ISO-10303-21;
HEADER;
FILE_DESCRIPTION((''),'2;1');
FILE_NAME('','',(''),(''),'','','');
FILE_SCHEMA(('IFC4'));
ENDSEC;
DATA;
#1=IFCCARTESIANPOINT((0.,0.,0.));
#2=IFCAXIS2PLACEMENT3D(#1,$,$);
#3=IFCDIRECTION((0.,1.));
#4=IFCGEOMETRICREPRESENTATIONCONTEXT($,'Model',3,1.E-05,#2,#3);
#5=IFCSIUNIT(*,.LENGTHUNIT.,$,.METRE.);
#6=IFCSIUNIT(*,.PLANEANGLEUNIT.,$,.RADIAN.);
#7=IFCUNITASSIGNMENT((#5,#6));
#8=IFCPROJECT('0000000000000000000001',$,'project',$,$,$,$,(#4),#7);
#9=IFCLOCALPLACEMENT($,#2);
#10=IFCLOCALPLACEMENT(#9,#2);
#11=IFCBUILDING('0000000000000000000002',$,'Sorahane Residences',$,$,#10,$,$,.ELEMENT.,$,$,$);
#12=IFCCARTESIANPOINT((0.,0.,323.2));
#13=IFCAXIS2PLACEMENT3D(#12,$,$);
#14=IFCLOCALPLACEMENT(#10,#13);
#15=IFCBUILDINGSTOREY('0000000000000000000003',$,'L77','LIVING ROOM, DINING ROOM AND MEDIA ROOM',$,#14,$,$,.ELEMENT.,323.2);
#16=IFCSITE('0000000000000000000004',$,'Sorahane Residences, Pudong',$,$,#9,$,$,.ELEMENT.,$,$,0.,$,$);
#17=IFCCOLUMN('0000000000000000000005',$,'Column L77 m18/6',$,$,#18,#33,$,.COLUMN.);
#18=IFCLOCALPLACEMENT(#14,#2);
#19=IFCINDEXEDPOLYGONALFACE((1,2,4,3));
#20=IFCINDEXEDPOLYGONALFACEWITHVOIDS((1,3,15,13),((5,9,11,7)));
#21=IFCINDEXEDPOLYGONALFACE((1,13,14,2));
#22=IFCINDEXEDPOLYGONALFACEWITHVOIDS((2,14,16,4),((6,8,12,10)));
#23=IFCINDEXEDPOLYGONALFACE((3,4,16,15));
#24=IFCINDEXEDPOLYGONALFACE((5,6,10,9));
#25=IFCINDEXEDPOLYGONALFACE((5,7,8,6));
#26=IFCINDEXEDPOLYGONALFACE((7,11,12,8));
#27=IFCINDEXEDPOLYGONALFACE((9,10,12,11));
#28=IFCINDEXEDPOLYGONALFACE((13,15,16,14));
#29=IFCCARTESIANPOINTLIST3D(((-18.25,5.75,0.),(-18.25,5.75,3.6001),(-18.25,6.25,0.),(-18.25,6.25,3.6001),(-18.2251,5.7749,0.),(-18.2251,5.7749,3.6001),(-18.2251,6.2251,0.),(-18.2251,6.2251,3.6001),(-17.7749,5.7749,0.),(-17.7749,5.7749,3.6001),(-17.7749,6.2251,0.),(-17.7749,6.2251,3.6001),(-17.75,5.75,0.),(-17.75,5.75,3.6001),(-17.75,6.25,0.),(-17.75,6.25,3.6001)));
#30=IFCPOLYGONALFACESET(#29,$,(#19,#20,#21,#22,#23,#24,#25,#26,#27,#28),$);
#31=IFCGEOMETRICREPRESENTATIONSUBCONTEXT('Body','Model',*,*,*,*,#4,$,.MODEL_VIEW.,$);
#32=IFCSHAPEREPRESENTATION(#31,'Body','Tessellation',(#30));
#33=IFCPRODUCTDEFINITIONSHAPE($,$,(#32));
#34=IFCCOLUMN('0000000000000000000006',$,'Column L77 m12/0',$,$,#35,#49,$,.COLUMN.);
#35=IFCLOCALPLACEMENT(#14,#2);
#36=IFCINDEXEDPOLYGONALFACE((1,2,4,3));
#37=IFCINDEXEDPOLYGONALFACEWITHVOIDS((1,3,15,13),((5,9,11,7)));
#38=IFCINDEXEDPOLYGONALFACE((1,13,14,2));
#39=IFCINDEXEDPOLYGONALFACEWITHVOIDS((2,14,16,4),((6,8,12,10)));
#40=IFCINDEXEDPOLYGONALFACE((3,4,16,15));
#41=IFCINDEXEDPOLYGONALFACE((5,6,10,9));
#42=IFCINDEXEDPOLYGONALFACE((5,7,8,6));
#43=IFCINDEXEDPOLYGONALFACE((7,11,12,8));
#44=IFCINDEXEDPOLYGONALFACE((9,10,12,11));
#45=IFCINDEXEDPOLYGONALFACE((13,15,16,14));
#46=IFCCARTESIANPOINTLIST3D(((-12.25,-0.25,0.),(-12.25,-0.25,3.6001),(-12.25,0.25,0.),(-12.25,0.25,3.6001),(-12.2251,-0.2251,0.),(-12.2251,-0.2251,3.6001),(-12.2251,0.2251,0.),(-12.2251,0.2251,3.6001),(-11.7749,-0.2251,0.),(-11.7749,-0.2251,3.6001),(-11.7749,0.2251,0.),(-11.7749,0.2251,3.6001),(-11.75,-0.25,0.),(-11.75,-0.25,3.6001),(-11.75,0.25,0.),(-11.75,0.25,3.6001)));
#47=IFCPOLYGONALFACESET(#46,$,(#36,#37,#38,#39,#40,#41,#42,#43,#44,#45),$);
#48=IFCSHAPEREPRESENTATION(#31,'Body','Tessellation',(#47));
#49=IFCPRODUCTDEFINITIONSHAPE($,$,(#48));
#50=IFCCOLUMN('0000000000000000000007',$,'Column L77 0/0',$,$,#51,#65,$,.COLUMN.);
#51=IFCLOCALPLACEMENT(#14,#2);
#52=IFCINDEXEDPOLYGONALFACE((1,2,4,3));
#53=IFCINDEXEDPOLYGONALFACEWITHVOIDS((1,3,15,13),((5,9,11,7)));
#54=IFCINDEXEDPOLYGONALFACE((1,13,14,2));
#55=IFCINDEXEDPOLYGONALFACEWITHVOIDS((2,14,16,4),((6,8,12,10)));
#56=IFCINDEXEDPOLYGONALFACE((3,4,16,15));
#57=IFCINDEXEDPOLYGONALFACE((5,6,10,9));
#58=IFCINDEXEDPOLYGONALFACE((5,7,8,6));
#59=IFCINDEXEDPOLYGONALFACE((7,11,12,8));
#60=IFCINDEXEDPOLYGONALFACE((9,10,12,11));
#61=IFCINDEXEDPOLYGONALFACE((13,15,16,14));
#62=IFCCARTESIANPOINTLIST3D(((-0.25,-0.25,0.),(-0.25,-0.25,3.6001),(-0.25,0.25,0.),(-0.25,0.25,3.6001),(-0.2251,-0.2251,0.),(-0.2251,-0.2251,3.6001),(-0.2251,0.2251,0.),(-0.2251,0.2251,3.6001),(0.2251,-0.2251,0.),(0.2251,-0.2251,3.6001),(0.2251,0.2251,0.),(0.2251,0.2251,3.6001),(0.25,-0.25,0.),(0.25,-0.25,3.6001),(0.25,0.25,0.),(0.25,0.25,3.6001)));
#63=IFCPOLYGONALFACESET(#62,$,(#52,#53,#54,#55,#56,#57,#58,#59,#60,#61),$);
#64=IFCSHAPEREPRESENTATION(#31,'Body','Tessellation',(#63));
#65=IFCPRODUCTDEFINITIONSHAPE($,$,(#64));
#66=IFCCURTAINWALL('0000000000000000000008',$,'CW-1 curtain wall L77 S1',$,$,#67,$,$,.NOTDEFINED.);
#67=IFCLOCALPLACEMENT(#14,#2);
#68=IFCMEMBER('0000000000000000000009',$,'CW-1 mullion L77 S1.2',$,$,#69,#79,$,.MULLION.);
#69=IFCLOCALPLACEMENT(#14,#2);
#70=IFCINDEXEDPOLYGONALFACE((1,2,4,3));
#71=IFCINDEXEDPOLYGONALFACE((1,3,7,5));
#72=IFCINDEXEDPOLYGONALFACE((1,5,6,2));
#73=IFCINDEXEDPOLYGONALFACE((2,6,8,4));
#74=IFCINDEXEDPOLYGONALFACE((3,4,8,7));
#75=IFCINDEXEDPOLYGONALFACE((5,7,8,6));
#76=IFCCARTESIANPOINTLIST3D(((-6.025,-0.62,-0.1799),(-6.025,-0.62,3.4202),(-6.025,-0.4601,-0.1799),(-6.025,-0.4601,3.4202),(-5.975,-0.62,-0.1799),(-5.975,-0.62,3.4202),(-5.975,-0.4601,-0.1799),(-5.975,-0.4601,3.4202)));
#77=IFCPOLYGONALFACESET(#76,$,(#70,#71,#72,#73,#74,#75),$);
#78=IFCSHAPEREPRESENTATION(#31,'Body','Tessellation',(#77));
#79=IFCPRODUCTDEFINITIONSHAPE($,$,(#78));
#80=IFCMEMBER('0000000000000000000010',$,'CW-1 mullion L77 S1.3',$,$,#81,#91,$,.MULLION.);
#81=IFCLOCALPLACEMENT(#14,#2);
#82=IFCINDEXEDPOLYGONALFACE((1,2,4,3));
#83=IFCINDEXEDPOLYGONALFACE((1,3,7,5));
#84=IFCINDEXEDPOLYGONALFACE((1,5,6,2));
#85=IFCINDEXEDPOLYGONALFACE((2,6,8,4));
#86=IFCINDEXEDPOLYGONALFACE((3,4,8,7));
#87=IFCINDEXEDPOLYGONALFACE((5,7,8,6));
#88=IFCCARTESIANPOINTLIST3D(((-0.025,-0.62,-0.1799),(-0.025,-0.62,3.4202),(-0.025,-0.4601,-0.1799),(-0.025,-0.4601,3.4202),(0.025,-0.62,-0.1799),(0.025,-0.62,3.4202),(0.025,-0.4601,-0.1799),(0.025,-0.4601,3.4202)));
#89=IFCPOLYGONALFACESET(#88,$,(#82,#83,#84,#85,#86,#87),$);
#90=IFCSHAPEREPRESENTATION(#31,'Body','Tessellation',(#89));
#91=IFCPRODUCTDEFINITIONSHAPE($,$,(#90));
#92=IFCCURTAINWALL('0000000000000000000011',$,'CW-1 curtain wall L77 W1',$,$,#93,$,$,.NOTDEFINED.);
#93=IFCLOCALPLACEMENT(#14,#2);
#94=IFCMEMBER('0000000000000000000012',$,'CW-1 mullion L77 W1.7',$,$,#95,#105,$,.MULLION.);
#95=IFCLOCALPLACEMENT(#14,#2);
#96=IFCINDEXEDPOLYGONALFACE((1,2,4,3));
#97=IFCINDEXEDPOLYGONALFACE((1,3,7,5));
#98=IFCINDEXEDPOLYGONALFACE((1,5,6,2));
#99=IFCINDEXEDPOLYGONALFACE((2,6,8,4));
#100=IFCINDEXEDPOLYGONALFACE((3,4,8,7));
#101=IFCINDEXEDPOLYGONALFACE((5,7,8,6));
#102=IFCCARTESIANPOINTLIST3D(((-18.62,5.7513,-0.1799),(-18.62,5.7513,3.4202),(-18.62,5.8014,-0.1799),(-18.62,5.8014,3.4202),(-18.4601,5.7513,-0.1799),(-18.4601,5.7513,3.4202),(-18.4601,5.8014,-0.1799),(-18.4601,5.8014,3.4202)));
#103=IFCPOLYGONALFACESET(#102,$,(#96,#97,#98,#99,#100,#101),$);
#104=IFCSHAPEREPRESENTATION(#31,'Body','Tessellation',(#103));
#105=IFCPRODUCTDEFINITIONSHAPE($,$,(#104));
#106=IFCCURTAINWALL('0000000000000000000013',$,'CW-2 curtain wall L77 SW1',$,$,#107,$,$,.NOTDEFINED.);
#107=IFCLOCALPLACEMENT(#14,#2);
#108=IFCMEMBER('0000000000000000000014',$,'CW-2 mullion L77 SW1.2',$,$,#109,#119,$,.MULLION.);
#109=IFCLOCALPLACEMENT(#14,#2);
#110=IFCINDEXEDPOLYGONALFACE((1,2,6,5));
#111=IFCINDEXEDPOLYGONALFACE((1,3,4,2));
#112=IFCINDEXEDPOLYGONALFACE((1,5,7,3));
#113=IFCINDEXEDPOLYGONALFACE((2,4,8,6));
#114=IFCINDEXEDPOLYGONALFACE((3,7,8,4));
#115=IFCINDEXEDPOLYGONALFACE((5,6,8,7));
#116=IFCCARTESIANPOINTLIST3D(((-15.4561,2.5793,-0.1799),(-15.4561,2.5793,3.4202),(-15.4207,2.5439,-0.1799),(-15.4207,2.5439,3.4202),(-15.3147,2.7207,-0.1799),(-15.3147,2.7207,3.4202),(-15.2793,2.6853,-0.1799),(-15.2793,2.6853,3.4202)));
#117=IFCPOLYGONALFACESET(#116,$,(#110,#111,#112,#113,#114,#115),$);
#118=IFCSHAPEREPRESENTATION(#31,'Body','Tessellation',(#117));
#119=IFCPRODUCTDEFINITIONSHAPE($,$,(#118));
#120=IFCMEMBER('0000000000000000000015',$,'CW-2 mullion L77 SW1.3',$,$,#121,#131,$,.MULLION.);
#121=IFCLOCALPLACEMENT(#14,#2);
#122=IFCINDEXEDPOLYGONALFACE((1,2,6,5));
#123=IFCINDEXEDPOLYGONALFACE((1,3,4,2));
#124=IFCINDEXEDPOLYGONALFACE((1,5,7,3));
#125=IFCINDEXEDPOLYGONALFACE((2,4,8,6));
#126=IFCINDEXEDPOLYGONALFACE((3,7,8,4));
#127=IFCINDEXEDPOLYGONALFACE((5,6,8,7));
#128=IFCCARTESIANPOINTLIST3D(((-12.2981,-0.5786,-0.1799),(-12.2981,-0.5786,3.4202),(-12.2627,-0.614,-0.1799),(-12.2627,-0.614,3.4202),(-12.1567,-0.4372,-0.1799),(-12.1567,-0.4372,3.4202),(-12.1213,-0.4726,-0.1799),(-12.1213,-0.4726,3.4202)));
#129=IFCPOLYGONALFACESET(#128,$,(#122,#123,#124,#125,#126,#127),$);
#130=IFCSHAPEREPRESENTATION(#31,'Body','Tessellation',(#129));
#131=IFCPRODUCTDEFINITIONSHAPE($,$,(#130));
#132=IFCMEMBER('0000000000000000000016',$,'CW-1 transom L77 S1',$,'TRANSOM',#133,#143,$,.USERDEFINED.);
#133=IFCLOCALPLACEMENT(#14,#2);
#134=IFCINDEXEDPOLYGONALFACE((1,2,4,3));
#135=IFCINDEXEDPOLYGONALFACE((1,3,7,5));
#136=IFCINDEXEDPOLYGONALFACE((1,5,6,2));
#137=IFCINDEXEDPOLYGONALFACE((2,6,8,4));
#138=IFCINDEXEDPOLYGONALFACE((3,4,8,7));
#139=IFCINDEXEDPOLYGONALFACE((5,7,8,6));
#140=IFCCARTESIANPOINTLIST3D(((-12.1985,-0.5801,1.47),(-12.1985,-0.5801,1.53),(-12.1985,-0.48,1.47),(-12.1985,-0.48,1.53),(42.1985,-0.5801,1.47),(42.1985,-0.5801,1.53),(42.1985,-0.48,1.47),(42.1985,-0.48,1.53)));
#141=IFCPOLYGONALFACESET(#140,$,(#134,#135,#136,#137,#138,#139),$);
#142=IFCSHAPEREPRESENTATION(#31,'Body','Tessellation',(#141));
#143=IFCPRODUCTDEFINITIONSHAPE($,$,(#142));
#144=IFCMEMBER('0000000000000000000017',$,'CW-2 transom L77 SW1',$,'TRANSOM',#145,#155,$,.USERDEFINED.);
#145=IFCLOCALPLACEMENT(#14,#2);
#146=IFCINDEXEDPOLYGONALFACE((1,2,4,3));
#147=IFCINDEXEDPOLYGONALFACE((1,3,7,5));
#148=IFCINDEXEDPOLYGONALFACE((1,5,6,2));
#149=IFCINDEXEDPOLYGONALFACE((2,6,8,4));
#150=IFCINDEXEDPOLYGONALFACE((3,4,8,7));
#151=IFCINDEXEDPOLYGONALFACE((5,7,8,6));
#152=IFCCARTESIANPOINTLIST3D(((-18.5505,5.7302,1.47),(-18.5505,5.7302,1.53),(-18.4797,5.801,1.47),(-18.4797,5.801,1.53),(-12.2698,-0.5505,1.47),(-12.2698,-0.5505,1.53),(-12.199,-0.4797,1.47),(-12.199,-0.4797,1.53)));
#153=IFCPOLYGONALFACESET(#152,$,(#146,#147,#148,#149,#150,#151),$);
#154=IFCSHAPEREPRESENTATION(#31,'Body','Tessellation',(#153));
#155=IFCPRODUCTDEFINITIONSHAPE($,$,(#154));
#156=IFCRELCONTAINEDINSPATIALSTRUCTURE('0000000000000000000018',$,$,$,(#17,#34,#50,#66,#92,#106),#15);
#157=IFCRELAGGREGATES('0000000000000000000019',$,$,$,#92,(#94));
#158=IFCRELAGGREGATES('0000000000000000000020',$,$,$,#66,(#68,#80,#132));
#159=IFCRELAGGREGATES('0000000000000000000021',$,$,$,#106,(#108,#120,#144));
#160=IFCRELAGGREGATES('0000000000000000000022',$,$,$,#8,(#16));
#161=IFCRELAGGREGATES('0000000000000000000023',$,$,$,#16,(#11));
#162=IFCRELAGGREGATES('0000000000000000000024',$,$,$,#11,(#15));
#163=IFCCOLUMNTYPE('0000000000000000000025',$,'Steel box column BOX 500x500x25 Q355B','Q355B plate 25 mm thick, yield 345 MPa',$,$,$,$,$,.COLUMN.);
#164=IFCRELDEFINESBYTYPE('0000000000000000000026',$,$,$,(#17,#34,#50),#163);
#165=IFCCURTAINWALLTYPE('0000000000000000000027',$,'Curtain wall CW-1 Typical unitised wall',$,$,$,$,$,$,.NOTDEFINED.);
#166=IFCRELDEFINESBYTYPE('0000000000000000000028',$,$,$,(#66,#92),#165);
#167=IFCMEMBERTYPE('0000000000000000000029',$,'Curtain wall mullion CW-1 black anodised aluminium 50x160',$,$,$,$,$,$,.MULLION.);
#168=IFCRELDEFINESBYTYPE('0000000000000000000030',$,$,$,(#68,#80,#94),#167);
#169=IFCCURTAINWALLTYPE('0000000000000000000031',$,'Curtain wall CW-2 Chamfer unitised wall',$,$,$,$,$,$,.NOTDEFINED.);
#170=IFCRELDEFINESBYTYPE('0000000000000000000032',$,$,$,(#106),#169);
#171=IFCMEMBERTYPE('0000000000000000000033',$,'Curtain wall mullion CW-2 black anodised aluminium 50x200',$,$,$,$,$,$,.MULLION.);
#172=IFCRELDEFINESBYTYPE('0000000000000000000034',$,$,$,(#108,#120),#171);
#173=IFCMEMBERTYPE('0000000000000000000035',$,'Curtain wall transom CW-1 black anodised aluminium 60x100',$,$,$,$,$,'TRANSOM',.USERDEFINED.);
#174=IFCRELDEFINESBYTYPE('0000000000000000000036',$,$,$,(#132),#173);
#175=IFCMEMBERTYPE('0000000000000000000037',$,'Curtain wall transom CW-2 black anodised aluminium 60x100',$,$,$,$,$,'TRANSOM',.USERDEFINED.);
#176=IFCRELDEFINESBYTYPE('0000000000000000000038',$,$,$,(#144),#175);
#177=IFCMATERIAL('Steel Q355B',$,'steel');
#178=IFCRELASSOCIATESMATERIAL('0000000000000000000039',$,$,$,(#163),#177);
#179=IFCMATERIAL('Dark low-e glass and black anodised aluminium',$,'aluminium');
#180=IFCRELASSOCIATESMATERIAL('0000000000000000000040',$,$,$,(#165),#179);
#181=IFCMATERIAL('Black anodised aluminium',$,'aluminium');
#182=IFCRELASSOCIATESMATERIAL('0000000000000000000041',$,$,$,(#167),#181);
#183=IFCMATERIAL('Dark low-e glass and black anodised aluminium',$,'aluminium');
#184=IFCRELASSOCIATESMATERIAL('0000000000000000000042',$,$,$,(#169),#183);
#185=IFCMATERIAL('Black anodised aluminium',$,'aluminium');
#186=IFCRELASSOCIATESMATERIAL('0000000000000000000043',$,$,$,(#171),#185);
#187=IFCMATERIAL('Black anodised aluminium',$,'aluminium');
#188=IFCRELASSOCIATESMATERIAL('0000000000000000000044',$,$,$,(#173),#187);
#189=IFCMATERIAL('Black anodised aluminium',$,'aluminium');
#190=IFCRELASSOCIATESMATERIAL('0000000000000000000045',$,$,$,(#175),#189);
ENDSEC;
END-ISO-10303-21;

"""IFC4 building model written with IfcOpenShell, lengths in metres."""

from ifc_helpers import new_model, si_unit, direction, frame, origin, origin_2d, place, context, subcontext, project, spatial, rectangle, hollow_rectangle, extrude, material, material_profile, profile_set, type_object, element, aggregate, save


model = new_model("IFC4")

# Units and contexts
model_context = context("Model", 3, precision=1e-05, world=origin(), true_north=direction((0.0, 1.0)))
body_context = subcontext(model_context, "Body", "Model", "MODEL_VIEW")
ifc_project = project(units=[si_unit("LENGTHUNIT", "METRE"), si_unit("PLANEANGLEUNIT", "RADIAN")], contexts=[model_context])

# Site, building, storey
site_placement = place(None, origin())
site = spatial("IfcSite", under=ifc_project, at=site_placement, Name="Sorahane Residences, Pudong", CompositionType="ELEMENT", RefElevation=0.0)
building_placement = place(site_placement, origin())
building = spatial("IfcBuilding", under=site, at=building_placement, Name="Sorahane Residences", CompositionType="ELEMENT")
storey_placement = place(building_placement, frame((0.0, 0.0, 323.2)))
storey = spatial("IfcBuildingStorey", under=building, at=storey_placement, Name="L77", Description="LIVING ROOM, DINING ROOM AND MEDIA ROOM", CompositionType="ELEMENT", Elevation=323.2)

# Columns
ifc_material_1 = material(Name="Steel Q355B", Category="steel")
ifc_material_profile_1 = material_profile(ifc_material_1, hollow_rectangle(XDim=0.5, YDim=0.5, WallThickness=0.0249, at=origin_2d()), Name="BOX 500x500x25")
ifc_profile_set_1 = profile_set([ifc_material_profile_1], Name="Steel Q355B")
column_type = type_object("IfcColumnType", Name="Steel box column BOX 500x500x25 Q355B", Description="Q355B plate 25 mm thick, yield 345 MPa", PredefinedType="COLUMN", material=ifc_profile_set_1)
for number, where, z_axis, x_axis, name in (
    (1, (-18.0, 6.0, 0.0), (0.0, 0.0, 1.0), (1.0, 0.0, 0.0), "Column L77 m18/6"),
    (2, (-12.0, 0.0, 0.0), (0.0, 0.0, 1.0), (1.0, 0.0, 0.0), "Column L77 m12/0"),
    (3, (0.0, 0.0, 0.0), (0.0, 0.0, 1.0), (1.0, 0.0, 0.0), "Column L77 0/0"),
):
    element("IfcColumn", number, at=place(storey_placement, frame(where, z_axis=z_axis, x_axis=x_axis)), inside=storey, type_object=column_type, Name=name, PredefinedType="COLUMN", context=body_context, shape_type="SweptSolid", body=[
        extrude(hollow_rectangle(XDim=0.5, YDim=0.5, WallThickness=0.0249, at=origin_2d()), origin(), (0.0, 0.0, 1.0), 3.6001),
    ])

# Curtain wall, members
ifc_material_2 = material(Name="Dark low-e glass and black anodised aluminium", Category="aluminium")
curtain_wall_type_1 = type_object("IfcCurtainWallType", Name="Curtain wall CW-1 Typical unitised wall", PredefinedType="NOTDEFINED", material=ifc_material_2)
curtain_wall_1_placement = place(storey_placement, origin())
curtain_wall_1 = element("IfcCurtainWall", 4, at=curtain_wall_1_placement, inside=storey, type_object=curtain_wall_type_1, Name="CW-1 curtain wall L77 S1", PredefinedType="NOTDEFINED")
ifc_material_3 = material(Name="Black anodised aluminium", Category="aluminium")
ifc_material_profile_2 = material_profile(ifc_material_3, rectangle(XDim=0.1599, YDim=0.05, at=origin_2d()), Name="Curtain wall mullion CW-1 black anodised aluminium 50x160")
ifc_profile_set_2 = profile_set([ifc_material_profile_2], Name="Black anodised aluminium")
member_type_1 = type_object("IfcMemberType", Name="Curtain wall mullion CW-1 black anodised aluminium 50x160", PredefinedType="MULLION", material=ifc_profile_set_2)
member_1_placement = place(storey_placement, frame((-6.0, -0.54, -0.1799), z_axis=(0.0, 0.0, 1.0), x_axis=(0.0, -1.0, 0.0)))
member_1 = element("IfcMember", 5, at=member_1_placement, type_object=member_type_1, Name="CW-1 mullion L77 S1.2", PredefinedType="MULLION", context=body_context, shape_type="SweptSolid", body=[
    extrude(rectangle(XDim=0.1599, YDim=0.05, at=origin_2d()), origin(), (0.0, 0.0, 1.0), 3.6001),
])
member_2_placement = place(storey_placement, frame((0.0, -0.54, -0.1799), z_axis=(0.0, 0.0, 1.0), x_axis=(0.0, -1.0, 0.0)))
member_2 = element("IfcMember", 6, at=member_2_placement, type_object=member_type_1, Name="CW-1 mullion L77 S1.3", PredefinedType="MULLION", context=body_context, shape_type="SweptSolid", body=[
    extrude(rectangle(XDim=0.1599, YDim=0.05, at=origin_2d()), origin(), (0.0, 0.0, 1.0), 3.6001),
])

# Curtain wall, member
curtain_wall_2_placement = place(storey_placement, origin())
curtain_wall_2 = element("IfcCurtainWall", 7, at=curtain_wall_2_placement, inside=storey, type_object=curtain_wall_type_1, Name="CW-1 curtain wall L77 W1", PredefinedType="NOTDEFINED")
member_3_placement = place(storey_placement, frame((-18.54, 5.7764, -0.1799), z_axis=(0.0, 0.0, 1.0), x_axis=(-1.0, 0.0, 0.0)))
member_3 = element("IfcMember", 8, at=member_3_placement, type_object=member_type_1, Name="CW-1 mullion L77 W1.7", PredefinedType="MULLION", context=body_context, shape_type="SweptSolid", body=[
    extrude(rectangle(XDim=0.1599, YDim=0.05, at=origin_2d()), origin(), (0.0, 0.0, 1.0), 3.6001),
])
aggregate(curtain_wall_2, [member_3])

# Curtain wall, members
ifc_material_4 = material(Name="Dark low-e glass and black anodised aluminium", Category="aluminium")
curtain_wall_type_2 = type_object("IfcCurtainWallType", Name="Curtain wall CW-2 Chamfer unitised wall", PredefinedType="NOTDEFINED", material=ifc_material_4)
curtain_wall_3_placement = place(storey_placement, origin())
curtain_wall_3 = element("IfcCurtainWall", 9, at=curtain_wall_3_placement, inside=storey, type_object=curtain_wall_type_2, Name="CW-2 curtain wall L77 SW1", PredefinedType="NOTDEFINED")
ifc_material_5 = material(Name="Black anodised aluminium", Category="aluminium")
ifc_material_profile_3 = material_profile(ifc_material_5, rectangle(XDim=0.2, YDim=0.05, at=origin_2d()), Name="Curtain wall mullion CW-2 black anodised aluminium 50x200")
ifc_profile_set_3 = profile_set([ifc_material_profile_3], Name="Black anodised aluminium")
member_type_2 = type_object("IfcMemberType", Name="Curtain wall mullion CW-2 black anodised aluminium 50x200", PredefinedType="MULLION", material=ifc_profile_set_3)
member_4_placement = place(storey_placement, frame((-15.3677, 2.6323, -0.1799), z_axis=(0.0, 0.0, 1.0), x_axis=(-0.707107, -0.707107, 0.0)))
member_4 = element("IfcMember", 10, at=member_4_placement, type_object=member_type_2, Name="CW-2 mullion L77 SW1.2", PredefinedType="MULLION", context=body_context, shape_type="SweptSolid", body=[
    extrude(rectangle(XDim=0.2, YDim=0.05, at=origin_2d()), origin(), (0.0, 0.0, 1.0), 3.6001),
])
member_5_placement = place(storey_placement, frame((-12.2097, -0.5256, -0.1799), z_axis=(0.0, 0.0, 1.0), x_axis=(-0.707107, -0.707107, 0.0)))
member_5 = element("IfcMember", 11, at=member_5_placement, type_object=member_type_2, Name="CW-2 mullion L77 SW1.3", PredefinedType="MULLION", context=body_context, shape_type="SweptSolid", body=[
    extrude(rectangle(XDim=0.2, YDim=0.05, at=origin_2d()), origin(), (0.0, 0.0, 1.0), 3.6001),
])

# Members
ifc_material_6 = material(Name="Black anodised aluminium", Category="aluminium")
ifc_material_profile_4 = material_profile(ifc_material_6, rectangle(XDim=0.1001, YDim=0.0601, at=origin_2d()), Name="Curtain wall transom CW-1 black anodised aluminium 60x100")
ifc_profile_set_4 = profile_set([ifc_material_profile_4], Name="Black anodised aluminium")
member_type_3 = type_object("IfcMemberType", Name="Curtain wall transom CW-1 black anodised aluminium 60x100", ElementType="TRANSOM", PredefinedType="USERDEFINED", material=ifc_profile_set_4)
member_6_placement = place(storey_placement, frame((-12.1985, -0.53, 1.5), z_axis=(1.0, 0.0, 0.0), x_axis=(0.0, 1.0, 0.0)))
member_6 = element("IfcMember", 12, at=member_6_placement, type_object=member_type_3, Name="CW-1 transom L77 S1", ObjectType="TRANSOM", PredefinedType="USERDEFINED", context=body_context, shape_type="SweptSolid", body=[
    extrude(rectangle(XDim=0.1001, YDim=0.0601, at=origin_2d()), origin(), (0.0, 0.0, 1.0), 54.397),
])
ifc_material_7 = material(Name="Black anodised aluminium", Category="aluminium")
ifc_material_profile_5 = material_profile(ifc_material_7, rectangle(XDim=0.1001, YDim=0.0601, at=origin_2d()), Name="Curtain wall transom CW-2 black anodised aluminium 60x100")
ifc_profile_set_5 = profile_set([ifc_material_profile_5], Name="Black anodised aluminium")
member_type_4 = type_object("IfcMemberType", Name="Curtain wall transom CW-2 black anodised aluminium 60x100", ElementType="TRANSOM", PredefinedType="USERDEFINED", material=ifc_profile_set_5)
member_7_placement = place(storey_placement, frame((-18.5151, 5.7656, 1.5), z_axis=(0.707107, -0.707107, 0.0), x_axis=(0.707107, 0.707107, 0.0)))
member_7 = element("IfcMember", 13, at=member_7_placement, type_object=member_type_4, Name="CW-2 transom L77 SW1", ObjectType="TRANSOM", PredefinedType="USERDEFINED", context=body_context, shape_type="SweptSolid", body=[
    extrude(rectangle(XDim=0.1001, YDim=0.0601, at=origin_2d()), origin(), (0.0, 0.0, 1.0), 8.8823),
])

aggregate(curtain_wall_1, [member_1, member_2, member_6])
aggregate(curtain_wall_3, [member_4, member_5, member_7])

save(model, "model.ifc")
